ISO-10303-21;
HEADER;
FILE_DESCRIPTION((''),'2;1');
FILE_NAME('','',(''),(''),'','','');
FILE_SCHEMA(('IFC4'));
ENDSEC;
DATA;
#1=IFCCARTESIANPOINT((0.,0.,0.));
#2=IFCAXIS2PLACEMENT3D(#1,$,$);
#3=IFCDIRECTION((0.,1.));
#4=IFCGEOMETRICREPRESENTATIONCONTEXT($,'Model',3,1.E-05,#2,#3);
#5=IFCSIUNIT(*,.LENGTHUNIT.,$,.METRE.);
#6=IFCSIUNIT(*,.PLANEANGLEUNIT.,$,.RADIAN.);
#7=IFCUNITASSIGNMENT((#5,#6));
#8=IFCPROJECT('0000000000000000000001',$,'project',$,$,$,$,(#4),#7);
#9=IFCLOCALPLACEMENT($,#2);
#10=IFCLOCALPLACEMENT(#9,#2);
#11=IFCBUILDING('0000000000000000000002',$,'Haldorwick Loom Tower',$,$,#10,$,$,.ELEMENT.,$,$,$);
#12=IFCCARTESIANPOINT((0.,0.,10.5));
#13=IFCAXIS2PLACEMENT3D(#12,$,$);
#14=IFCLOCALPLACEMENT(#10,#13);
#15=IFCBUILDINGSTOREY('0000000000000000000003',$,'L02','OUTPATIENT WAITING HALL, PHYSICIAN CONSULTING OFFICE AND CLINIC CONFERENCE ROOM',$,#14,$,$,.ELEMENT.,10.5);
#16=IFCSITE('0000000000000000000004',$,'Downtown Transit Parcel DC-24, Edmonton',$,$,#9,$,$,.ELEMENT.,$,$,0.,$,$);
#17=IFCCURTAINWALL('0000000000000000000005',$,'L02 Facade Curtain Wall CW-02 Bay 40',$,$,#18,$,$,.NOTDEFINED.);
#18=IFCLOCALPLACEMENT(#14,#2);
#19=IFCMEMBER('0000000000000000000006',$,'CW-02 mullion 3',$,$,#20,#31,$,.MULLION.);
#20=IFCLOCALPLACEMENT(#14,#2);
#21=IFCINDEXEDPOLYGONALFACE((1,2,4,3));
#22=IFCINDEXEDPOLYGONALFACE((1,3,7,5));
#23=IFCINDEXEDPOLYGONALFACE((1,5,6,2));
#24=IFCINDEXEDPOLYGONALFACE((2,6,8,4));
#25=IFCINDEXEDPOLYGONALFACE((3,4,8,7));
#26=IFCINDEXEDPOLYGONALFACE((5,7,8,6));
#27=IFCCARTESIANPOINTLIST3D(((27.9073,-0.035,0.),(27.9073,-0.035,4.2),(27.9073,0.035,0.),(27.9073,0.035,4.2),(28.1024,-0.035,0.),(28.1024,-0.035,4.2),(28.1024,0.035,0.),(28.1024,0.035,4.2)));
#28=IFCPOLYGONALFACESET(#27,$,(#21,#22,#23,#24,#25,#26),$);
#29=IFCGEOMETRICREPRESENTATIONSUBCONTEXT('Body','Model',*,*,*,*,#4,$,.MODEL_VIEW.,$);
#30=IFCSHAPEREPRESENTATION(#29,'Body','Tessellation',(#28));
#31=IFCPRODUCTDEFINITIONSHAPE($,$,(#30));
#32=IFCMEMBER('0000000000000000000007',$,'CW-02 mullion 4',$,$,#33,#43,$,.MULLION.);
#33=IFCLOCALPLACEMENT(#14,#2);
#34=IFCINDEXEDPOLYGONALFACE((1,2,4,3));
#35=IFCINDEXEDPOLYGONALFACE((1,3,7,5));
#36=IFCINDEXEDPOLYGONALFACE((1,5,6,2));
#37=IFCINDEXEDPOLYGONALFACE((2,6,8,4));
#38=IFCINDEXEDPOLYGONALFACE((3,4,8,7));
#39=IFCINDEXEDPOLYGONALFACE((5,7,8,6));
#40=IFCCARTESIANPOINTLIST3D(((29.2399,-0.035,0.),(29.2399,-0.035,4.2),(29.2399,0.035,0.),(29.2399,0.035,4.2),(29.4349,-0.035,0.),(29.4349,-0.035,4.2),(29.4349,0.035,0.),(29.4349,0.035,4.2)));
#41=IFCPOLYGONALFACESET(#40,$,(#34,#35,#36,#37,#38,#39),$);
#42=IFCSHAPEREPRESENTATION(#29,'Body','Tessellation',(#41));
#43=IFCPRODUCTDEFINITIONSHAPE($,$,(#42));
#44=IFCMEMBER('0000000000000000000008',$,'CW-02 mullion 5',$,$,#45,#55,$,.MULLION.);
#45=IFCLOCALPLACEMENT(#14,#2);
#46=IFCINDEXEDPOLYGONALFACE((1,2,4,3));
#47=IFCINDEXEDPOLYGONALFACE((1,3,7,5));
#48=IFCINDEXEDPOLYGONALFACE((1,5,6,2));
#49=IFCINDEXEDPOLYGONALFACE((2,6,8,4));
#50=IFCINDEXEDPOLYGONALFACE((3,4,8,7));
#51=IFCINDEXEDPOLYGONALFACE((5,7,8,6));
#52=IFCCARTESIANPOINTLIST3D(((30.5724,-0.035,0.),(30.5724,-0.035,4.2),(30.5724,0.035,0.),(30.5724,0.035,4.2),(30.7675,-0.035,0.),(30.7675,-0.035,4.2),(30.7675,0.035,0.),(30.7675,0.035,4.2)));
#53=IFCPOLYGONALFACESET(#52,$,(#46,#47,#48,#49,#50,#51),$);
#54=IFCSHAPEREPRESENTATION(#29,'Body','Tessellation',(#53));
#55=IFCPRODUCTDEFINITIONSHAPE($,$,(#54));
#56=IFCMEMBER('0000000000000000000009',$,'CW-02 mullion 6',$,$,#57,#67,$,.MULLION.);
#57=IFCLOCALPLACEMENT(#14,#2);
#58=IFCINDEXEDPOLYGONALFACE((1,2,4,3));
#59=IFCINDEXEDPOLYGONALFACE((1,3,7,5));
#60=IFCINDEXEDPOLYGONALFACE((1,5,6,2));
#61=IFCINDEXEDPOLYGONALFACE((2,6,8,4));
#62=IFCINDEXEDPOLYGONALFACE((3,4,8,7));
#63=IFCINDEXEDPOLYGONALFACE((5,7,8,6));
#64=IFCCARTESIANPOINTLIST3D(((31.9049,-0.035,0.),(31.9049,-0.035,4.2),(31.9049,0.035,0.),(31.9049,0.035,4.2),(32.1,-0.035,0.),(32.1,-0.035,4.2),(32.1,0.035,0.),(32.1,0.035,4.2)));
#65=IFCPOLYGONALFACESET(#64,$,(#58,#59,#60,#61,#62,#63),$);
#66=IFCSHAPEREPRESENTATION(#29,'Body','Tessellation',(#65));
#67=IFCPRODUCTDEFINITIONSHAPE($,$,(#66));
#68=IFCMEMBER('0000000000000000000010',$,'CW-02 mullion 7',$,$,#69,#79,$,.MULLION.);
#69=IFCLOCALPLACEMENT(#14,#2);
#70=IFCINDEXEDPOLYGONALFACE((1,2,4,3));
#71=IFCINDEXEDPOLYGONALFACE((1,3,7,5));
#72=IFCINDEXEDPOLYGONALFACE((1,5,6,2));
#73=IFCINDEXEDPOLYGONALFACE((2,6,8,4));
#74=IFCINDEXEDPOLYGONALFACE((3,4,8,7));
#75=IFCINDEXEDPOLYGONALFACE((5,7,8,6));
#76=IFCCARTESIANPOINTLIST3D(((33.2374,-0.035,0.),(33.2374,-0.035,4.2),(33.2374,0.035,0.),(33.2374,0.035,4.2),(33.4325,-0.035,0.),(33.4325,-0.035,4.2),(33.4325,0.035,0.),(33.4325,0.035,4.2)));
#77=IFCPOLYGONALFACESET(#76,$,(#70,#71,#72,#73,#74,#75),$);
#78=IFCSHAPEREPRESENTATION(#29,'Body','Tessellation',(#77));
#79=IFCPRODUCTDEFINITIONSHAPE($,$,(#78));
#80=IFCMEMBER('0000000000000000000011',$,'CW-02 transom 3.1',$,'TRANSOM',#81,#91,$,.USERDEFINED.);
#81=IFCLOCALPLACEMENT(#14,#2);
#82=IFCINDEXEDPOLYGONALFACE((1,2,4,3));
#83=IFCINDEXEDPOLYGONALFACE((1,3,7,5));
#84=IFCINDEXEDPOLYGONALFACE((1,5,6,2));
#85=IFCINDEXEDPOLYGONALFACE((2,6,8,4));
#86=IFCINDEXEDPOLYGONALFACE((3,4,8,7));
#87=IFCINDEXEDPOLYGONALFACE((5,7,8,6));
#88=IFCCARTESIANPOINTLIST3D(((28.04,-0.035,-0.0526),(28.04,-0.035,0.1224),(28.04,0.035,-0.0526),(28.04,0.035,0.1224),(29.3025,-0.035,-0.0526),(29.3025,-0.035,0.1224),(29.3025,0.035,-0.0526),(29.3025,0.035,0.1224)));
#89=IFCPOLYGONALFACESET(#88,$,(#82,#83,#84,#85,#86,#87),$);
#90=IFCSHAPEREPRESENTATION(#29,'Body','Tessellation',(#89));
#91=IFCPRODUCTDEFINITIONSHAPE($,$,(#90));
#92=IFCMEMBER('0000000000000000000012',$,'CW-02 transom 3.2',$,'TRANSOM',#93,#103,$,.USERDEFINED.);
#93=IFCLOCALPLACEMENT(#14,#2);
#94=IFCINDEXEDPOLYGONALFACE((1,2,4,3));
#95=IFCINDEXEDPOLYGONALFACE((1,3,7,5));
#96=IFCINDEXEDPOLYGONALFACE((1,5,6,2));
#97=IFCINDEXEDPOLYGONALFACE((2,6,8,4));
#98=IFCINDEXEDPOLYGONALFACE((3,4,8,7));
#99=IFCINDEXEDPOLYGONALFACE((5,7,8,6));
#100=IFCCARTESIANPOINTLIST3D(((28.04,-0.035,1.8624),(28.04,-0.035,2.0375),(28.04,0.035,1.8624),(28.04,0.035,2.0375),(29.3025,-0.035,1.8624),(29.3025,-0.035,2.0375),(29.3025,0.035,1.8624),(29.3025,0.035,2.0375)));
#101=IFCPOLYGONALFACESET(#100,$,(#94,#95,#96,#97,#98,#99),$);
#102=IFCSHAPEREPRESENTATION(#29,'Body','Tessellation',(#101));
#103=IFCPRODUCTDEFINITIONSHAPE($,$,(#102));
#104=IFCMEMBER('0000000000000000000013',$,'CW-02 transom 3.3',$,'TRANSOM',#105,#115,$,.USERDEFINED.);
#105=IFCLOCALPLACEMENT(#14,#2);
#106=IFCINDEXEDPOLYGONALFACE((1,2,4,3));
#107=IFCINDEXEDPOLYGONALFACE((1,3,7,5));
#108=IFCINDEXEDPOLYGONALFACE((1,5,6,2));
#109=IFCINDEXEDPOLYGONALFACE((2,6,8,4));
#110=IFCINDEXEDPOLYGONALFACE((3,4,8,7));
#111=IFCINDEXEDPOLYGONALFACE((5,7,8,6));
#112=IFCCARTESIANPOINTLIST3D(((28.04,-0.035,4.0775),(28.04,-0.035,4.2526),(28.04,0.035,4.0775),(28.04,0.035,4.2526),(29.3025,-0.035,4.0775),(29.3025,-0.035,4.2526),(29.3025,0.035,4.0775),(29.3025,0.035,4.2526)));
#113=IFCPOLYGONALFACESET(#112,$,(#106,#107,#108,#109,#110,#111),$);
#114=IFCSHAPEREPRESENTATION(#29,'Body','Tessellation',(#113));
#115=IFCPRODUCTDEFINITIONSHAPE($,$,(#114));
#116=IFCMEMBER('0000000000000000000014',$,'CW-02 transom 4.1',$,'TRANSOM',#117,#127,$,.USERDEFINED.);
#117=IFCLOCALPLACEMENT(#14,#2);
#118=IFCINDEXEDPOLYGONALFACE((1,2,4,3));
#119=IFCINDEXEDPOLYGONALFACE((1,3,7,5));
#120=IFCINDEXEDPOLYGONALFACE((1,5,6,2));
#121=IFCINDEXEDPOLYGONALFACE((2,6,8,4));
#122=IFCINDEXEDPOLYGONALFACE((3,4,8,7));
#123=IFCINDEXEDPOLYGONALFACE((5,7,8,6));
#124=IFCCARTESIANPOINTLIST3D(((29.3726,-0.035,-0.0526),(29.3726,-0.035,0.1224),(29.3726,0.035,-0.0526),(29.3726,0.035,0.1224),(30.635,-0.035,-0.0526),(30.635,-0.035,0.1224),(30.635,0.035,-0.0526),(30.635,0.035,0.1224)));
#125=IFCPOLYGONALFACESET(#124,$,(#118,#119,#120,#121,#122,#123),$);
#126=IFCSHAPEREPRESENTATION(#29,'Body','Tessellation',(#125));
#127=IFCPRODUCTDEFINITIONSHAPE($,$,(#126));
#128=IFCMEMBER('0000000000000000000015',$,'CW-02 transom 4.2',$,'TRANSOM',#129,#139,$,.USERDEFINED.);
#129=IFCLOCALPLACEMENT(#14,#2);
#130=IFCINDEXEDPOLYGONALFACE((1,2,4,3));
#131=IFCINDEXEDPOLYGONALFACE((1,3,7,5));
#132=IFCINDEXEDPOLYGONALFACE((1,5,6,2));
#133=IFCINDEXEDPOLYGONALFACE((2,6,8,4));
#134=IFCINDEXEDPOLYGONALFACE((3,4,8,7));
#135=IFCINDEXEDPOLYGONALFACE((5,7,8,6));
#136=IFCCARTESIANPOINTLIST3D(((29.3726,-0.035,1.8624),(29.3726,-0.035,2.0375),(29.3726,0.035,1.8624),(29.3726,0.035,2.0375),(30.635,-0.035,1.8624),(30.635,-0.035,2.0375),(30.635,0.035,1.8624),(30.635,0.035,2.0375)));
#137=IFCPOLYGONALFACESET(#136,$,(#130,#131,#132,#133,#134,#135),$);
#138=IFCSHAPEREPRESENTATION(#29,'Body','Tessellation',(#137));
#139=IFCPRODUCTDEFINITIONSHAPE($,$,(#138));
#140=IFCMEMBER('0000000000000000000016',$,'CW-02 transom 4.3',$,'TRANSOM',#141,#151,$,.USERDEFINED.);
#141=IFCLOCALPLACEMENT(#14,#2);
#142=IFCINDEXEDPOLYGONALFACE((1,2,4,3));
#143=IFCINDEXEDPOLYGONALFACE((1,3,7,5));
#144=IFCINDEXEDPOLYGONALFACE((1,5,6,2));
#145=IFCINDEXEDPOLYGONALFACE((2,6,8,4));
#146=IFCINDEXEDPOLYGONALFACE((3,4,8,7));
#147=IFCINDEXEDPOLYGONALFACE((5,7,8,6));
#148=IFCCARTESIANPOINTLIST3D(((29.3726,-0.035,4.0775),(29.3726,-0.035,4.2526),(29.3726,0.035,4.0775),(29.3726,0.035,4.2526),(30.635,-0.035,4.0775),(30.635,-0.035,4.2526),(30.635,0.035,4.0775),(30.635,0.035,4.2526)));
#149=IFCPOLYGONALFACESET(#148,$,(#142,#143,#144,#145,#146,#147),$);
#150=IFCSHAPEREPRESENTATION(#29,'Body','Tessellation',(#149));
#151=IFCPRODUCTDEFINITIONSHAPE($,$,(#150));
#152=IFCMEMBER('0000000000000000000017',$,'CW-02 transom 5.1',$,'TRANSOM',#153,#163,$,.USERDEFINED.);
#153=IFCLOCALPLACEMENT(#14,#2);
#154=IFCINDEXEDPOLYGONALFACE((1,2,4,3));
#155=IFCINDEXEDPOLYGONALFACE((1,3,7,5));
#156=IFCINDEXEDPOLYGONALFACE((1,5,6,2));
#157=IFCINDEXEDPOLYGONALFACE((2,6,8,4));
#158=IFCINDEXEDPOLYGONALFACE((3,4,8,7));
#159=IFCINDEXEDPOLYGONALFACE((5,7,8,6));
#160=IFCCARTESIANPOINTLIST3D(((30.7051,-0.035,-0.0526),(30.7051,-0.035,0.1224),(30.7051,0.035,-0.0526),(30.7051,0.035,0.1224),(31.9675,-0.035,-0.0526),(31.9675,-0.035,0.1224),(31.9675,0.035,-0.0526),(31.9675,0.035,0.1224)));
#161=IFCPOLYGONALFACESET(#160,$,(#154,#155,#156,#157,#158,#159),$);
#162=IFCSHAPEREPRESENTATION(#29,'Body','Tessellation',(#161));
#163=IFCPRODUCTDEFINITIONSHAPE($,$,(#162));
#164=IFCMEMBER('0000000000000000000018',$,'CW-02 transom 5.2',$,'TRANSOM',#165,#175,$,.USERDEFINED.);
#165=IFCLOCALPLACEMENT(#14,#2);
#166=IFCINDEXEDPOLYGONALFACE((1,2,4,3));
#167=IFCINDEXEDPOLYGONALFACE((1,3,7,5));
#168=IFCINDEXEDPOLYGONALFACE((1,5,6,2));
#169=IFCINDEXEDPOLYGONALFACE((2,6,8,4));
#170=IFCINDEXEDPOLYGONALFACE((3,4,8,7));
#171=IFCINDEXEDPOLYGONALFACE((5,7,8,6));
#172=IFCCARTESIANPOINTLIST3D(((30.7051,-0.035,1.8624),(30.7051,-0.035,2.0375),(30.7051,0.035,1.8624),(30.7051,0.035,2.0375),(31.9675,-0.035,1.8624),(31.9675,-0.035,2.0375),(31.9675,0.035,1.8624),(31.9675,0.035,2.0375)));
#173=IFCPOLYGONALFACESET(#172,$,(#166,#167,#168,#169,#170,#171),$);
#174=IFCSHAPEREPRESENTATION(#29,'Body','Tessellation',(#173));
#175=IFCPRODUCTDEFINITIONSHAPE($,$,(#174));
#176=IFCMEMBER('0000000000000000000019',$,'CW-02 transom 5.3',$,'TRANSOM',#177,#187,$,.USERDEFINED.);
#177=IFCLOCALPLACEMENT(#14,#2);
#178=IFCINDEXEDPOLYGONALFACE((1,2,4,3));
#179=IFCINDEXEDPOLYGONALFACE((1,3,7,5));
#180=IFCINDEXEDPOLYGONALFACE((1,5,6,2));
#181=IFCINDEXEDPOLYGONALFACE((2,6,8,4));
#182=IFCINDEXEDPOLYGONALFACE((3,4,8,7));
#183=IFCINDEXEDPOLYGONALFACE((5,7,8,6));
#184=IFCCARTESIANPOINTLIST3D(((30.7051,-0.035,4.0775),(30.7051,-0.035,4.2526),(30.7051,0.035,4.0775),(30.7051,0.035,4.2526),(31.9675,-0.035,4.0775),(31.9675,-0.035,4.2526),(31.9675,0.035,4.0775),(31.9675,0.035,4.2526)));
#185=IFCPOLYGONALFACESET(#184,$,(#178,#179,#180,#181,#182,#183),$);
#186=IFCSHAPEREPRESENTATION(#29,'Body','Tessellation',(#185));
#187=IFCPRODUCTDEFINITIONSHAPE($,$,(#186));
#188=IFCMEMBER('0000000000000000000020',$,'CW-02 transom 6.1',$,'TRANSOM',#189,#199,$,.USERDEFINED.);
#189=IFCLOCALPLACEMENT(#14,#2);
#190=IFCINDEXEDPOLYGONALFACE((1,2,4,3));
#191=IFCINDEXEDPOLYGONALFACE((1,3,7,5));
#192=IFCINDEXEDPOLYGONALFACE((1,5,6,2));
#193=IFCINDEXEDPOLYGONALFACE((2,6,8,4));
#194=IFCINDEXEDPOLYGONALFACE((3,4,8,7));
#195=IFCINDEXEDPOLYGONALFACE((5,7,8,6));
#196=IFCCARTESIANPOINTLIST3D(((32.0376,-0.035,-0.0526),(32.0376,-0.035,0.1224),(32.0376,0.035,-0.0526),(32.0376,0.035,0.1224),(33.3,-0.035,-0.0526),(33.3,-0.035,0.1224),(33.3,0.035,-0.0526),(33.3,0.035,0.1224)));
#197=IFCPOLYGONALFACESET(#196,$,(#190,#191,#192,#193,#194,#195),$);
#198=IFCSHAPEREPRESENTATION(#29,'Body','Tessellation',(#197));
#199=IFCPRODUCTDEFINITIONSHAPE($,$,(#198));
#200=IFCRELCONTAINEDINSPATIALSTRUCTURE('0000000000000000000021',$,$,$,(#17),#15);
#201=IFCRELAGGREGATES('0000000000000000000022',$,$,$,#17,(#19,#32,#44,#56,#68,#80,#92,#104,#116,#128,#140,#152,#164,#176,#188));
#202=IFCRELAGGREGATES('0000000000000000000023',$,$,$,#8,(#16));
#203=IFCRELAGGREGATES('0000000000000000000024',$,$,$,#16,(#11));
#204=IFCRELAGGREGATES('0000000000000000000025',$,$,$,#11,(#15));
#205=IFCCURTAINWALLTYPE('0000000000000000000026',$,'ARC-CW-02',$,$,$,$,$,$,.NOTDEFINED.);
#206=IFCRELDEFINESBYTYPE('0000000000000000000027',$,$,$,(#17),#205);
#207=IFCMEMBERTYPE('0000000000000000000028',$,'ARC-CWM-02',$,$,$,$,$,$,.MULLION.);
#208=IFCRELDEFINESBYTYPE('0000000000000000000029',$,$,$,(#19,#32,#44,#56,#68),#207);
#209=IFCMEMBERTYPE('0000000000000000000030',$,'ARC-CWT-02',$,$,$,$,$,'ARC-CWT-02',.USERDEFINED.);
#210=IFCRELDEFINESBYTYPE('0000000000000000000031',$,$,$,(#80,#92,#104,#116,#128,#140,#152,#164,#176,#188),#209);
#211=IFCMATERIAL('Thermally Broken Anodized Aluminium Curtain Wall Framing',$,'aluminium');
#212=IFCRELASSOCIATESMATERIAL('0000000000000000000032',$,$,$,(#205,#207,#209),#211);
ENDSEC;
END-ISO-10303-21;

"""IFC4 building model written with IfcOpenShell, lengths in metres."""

from ifc_helpers import new_model, si_unit, direction, frame, origin, origin_2d, place, context, subcontext, project, spatial, rectangle, extrude, material, material_profile, profile_set, type_object, element, aggregate, save


model = new_model("IFC4")

# Units and contexts
model_context = context("Model", 3, precision=1e-05, world=origin(), true_north=direction((0.0, 1.0)))
body_context = subcontext(model_context, "Body", "Model", "MODEL_VIEW")
ifc_project = project(units=[si_unit("LENGTHUNIT", "METRE"), si_unit("PLANEANGLEUNIT", "RADIAN")], contexts=[model_context])

# Site, building, storey
site_placement = place(None, origin())
site = spatial("IfcSite", under=ifc_project, at=site_placement, Name="Downtown Transit Parcel DC-24, Edmonton", CompositionType="ELEMENT", RefElevation=0.0)
building_placement = place(site_placement, origin())
building = spatial("IfcBuilding", under=site, at=building_placement, Name="Haldorwick Loom Tower", CompositionType="ELEMENT")
storey_placement = place(building_placement, frame((0.0, 0.0, 10.5)))
storey = spatial("IfcBuildingStorey", under=building, at=storey_placement, Name="L02", Description="OUTPATIENT WAITING HALL, PHYSICIAN CONSULTING OFFICE AND CLINIC CONFERENCE ROOM", CompositionType="ELEMENT", Elevation=10.5)

# Curtain wall, members
ifc_material_1 = material(Name="Thermally Broken Anodized Aluminium Curtain Wall Framing", Category="aluminium")
curtain_wall_type = type_object("IfcCurtainWallType", Name="ARC-CW-02", PredefinedType="NOTDEFINED", material=ifc_material_1)
curtain_wall_placement = place(storey_placement, origin())
curtain_wall = element("IfcCurtainWall", 1, at=curtain_wall_placement, inside=storey, type_object=curtain_wall_type, Name="L02 Facade Curtain Wall CW-02 Bay 40", PredefinedType="NOTDEFINED")
ifc_material_profile_1 = material_profile(ifc_material_1, rectangle(XDim=0.0701, YDim=0.1951, at=origin_2d()), Name="ALU_MUL_70X195", Category="aluminium")
ifc_profile_set_1 = profile_set([ifc_material_profile_1], Name="Thermally Broken Anodized Aluminium Curtain Wall Framing")
member_type_1 = type_object("IfcMemberType", Name="ARC-CWM-02", PredefinedType="MULLION", material=ifc_profile_set_1)
member_1_placement = place(storey_placement, frame((28.0049, 0.0, 0.0), z_axis=(0.0, 0.0, 1.0), x_axis=(0.0, 1.0, 0.0)))
member_1 = element("IfcMember", 2, at=member_1_placement, type_object=member_type_1, Name="CW-02 mullion 3", PredefinedType="MULLION", context=body_context, shape_type="SweptSolid", body=[
    extrude(rectangle(XDim=0.0701, YDim=0.1951, at=origin_2d()), origin(), (0.0, 0.0, 1.0), 4.2),
])
member_2_placement = place(storey_placement, frame((29.3374, 0.0, 0.0), z_axis=(0.0, 0.0, 1.0), x_axis=(0.0, 1.0, 0.0)))
member_2 = element("IfcMember", 3, at=member_2_placement, type_object=member_type_1, Name="CW-02 mullion 4", PredefinedType="MULLION", context=body_context, shape_type="SweptSolid", body=[
    extrude(rectangle(XDim=0.0701, YDim=0.1951, at=origin_2d()), origin(), (0.0, 0.0, 1.0), 4.2),
])
member_3_placement = place(storey_placement, frame((30.6699, 0.0, 0.0), z_axis=(0.0, 0.0, 1.0), x_axis=(0.0, 1.0, 0.0)))
member_3 = element("IfcMember", 4, at=member_3_placement, type_object=member_type_1, Name="CW-02 mullion 5", PredefinedType="MULLION", context=body_context, shape_type="SweptSolid", body=[
    extrude(rectangle(XDim=0.0701, YDim=0.1951, at=origin_2d()), origin(), (0.0, 0.0, 1.0), 4.2),
])
member_4_placement = place(storey_placement, frame((32.0024, 0.0, 0.0), z_axis=(0.0, 0.0, 1.0), x_axis=(0.0, 1.0, 0.0)))
member_4 = element("IfcMember", 5, at=member_4_placement, type_object=member_type_1, Name="CW-02 mullion 6", PredefinedType="MULLION", context=body_context, shape_type="SweptSolid", body=[
    extrude(rectangle(XDim=0.0701, YDim=0.1951, at=origin_2d()), origin(), (0.0, 0.0, 1.0), 4.2),
])
member_5_placement = place(storey_placement, frame((33.335, 0.0, 0.0), z_axis=(0.0, 0.0, 1.0), x_axis=(0.0, 1.0, 0.0)))
member_5 = element("IfcMember", 6, at=member_5_placement, type_object=member_type_1, Name="CW-02 mullion 7", PredefinedType="MULLION", context=body_context, shape_type="SweptSolid", body=[
    extrude(rectangle(XDim=0.0701, YDim=0.1951, at=origin_2d()), origin(), (0.0, 0.0, 1.0), 4.2),
])
ifc_material_profile_2 = material_profile(ifc_material_1, rectangle(XDim=0.0701, YDim=0.175, at=origin_2d()), Name="ALU_TRN_70X175", Category="aluminium")
ifc_profile_set_2 = profile_set([ifc_material_profile_2], Name="Thermally Broken Anodized Aluminium Curtain Wall Framing")
member_type_2 = type_object("IfcMemberType", Name="ARC-CWT-02", ElementType="ARC-CWT-02", PredefinedType="USERDEFINED", material=ifc_profile_set_2)
member_6_placement = place(storey_placement, frame((28.04, 0.0, 0.0349), z_axis=(1.0, 0.0, 0.0), x_axis=(0.0, 1.0, 0.0)))
member_6 = element("IfcMember", 7, at=member_6_placement, type_object=member_type_2, Name="CW-02 transom 3.1", ObjectType="TRANSOM", PredefinedType="USERDEFINED", context=body_context, shape_type="SweptSolid", body=[
    extrude(rectangle(XDim=0.0701, YDim=0.175, at=origin_2d()), origin(), (0.0, 0.0, 1.0), 1.2625),
])
member_7_placement = place(storey_placement, frame((28.04, 0.0, 1.95), z_axis=(1.0, 0.0, 0.0), x_axis=(0.0, 1.0, 0.0)))
member_7 = element("IfcMember", 8, at=member_7_placement, type_object=member_type_2, Name="CW-02 transom 3.2", ObjectType="TRANSOM", PredefinedType="USERDEFINED", context=body_context, shape_type="SweptSolid", body=[
    extrude(rectangle(XDim=0.0701, YDim=0.175, at=origin_2d()), origin(), (0.0, 0.0, 1.0), 1.2625),
])
member_8_placement = place(storey_placement, frame((28.04, 0.0, 4.165), z_axis=(1.0, 0.0, 0.0), x_axis=(0.0, 1.0, 0.0)))
member_8 = element("IfcMember", 9, at=member_8_placement, type_object=member_type_2, Name="CW-02 transom 3.3", ObjectType="TRANSOM", PredefinedType="USERDEFINED", context=body_context, shape_type="SweptSolid", body=[
    extrude(rectangle(XDim=0.0701, YDim=0.175, at=origin_2d()), origin(), (0.0, 0.0, 1.0), 1.2625),
])
member_9_placement = place(storey_placement, frame((29.3726, 0.0, 0.0349), z_axis=(1.0, 0.0, 0.0), x_axis=(0.0, 1.0, 0.0)))
member_9 = element("IfcMember", 10, at=member_9_placement, type_object=member_type_2, Name="CW-02 transom 4.1", ObjectType="TRANSOM", PredefinedType="USERDEFINED", context=body_context, shape_type="SweptSolid", body=[
    extrude(rectangle(XDim=0.0701, YDim=0.175, at=origin_2d()), origin(), (0.0, 0.0, 1.0), 1.2625),
])
member_10_placement = place(storey_placement, frame((29.3726, 0.0, 1.95), z_axis=(1.0, 0.0, 0.0), x_axis=(0.0, 1.0, 0.0)))
member_10 = element("IfcMember", 11, at=member_10_placement, type_object=member_type_2, Name="CW-02 transom 4.2", ObjectType="TRANSOM", PredefinedType="USERDEFINED", context=body_context, shape_type="SweptSolid", body=[
    extrude(rectangle(XDim=0.0701, YDim=0.175, at=origin_2d()), origin(), (0.0, 0.0, 1.0), 1.2625),
])
member_11_placement = place(storey_placement, frame((29.3726, 0.0, 4.165), z_axis=(1.0, 0.0, 0.0), x_axis=(0.0, 1.0, 0.0)))
member_11 = element("IfcMember", 12, at=member_11_placement, type_object=member_type_2, Name="CW-02 transom 4.3", ObjectType="TRANSOM", PredefinedType="USERDEFINED", context=body_context, shape_type="SweptSolid", body=[
    extrude(rectangle(XDim=0.0701, YDim=0.175, at=origin_2d()), origin(), (0.0, 0.0, 1.0), 1.2625),
])
member_12_placement = place(storey_placement, frame((30.7051, 0.0, 0.0349), z_axis=(1.0, 0.0, 0.0), x_axis=(0.0, 1.0, 0.0)))
member_12 = element("IfcMember", 13, at=member_12_placement, type_object=member_type_2, Name="CW-02 transom 5.1", ObjectType="TRANSOM", PredefinedType="USERDEFINED", context=body_context, shape_type="SweptSolid", body=[
    extrude(rectangle(XDim=0.0701, YDim=0.175, at=origin_2d()), origin(), (0.0, 0.0, 1.0), 1.2625),
])
member_13_placement = place(storey_placement, frame((30.7051, 0.0, 1.95), z_axis=(1.0, 0.0, 0.0), x_axis=(0.0, 1.0, 0.0)))
member_13 = element("IfcMember", 14, at=member_13_placement, type_object=member_type_2, Name="CW-02 transom 5.2", ObjectType="TRANSOM", PredefinedType="USERDEFINED", context=body_context, shape_type="SweptSolid", body=[
    extrude(rectangle(XDim=0.0701, YDim=0.175, at=origin_2d()), origin(), (0.0, 0.0, 1.0), 1.2625),
])
member_14_placement = place(storey_placement, frame((30.7051, 0.0, 4.165), z_axis=(1.0, 0.0, 0.0), x_axis=(0.0, 1.0, 0.0)))
member_14 = element("IfcMember", 15, at=member_14_placement, type_object=member_type_2, Name="CW-02 transom 5.3", ObjectType="TRANSOM", PredefinedType="USERDEFINED", context=body_context, shape_type="SweptSolid", body=[
    extrude(rectangle(XDim=0.0701, YDim=0.175, at=origin_2d()), origin(), (0.0, 0.0, 1.0), 1.2625),
])
member_15_placement = place(storey_placement, frame((32.0376, 0.0, 0.0349), z_axis=(1.0, 0.0, 0.0), x_axis=(0.0, 1.0, 0.0)))
member_15 = element("IfcMember", 16, at=member_15_placement, type_object=member_type_2, Name="CW-02 transom 6.1", ObjectType="TRANSOM", PredefinedType="USERDEFINED", context=body_context, shape_type="SweptSolid", body=[
    extrude(rectangle(XDim=0.0701, YDim=0.175, at=origin_2d()), origin(), (0.0, 0.0, 1.0), 1.2625),
])
aggregate(curtain_wall, [member_1, member_2, member_3, member_4, member_5, member_6, member_7, member_8, member_9, member_10, member_11, member_12, member_13, member_14, member_15])

save(model, "model.ifc")
